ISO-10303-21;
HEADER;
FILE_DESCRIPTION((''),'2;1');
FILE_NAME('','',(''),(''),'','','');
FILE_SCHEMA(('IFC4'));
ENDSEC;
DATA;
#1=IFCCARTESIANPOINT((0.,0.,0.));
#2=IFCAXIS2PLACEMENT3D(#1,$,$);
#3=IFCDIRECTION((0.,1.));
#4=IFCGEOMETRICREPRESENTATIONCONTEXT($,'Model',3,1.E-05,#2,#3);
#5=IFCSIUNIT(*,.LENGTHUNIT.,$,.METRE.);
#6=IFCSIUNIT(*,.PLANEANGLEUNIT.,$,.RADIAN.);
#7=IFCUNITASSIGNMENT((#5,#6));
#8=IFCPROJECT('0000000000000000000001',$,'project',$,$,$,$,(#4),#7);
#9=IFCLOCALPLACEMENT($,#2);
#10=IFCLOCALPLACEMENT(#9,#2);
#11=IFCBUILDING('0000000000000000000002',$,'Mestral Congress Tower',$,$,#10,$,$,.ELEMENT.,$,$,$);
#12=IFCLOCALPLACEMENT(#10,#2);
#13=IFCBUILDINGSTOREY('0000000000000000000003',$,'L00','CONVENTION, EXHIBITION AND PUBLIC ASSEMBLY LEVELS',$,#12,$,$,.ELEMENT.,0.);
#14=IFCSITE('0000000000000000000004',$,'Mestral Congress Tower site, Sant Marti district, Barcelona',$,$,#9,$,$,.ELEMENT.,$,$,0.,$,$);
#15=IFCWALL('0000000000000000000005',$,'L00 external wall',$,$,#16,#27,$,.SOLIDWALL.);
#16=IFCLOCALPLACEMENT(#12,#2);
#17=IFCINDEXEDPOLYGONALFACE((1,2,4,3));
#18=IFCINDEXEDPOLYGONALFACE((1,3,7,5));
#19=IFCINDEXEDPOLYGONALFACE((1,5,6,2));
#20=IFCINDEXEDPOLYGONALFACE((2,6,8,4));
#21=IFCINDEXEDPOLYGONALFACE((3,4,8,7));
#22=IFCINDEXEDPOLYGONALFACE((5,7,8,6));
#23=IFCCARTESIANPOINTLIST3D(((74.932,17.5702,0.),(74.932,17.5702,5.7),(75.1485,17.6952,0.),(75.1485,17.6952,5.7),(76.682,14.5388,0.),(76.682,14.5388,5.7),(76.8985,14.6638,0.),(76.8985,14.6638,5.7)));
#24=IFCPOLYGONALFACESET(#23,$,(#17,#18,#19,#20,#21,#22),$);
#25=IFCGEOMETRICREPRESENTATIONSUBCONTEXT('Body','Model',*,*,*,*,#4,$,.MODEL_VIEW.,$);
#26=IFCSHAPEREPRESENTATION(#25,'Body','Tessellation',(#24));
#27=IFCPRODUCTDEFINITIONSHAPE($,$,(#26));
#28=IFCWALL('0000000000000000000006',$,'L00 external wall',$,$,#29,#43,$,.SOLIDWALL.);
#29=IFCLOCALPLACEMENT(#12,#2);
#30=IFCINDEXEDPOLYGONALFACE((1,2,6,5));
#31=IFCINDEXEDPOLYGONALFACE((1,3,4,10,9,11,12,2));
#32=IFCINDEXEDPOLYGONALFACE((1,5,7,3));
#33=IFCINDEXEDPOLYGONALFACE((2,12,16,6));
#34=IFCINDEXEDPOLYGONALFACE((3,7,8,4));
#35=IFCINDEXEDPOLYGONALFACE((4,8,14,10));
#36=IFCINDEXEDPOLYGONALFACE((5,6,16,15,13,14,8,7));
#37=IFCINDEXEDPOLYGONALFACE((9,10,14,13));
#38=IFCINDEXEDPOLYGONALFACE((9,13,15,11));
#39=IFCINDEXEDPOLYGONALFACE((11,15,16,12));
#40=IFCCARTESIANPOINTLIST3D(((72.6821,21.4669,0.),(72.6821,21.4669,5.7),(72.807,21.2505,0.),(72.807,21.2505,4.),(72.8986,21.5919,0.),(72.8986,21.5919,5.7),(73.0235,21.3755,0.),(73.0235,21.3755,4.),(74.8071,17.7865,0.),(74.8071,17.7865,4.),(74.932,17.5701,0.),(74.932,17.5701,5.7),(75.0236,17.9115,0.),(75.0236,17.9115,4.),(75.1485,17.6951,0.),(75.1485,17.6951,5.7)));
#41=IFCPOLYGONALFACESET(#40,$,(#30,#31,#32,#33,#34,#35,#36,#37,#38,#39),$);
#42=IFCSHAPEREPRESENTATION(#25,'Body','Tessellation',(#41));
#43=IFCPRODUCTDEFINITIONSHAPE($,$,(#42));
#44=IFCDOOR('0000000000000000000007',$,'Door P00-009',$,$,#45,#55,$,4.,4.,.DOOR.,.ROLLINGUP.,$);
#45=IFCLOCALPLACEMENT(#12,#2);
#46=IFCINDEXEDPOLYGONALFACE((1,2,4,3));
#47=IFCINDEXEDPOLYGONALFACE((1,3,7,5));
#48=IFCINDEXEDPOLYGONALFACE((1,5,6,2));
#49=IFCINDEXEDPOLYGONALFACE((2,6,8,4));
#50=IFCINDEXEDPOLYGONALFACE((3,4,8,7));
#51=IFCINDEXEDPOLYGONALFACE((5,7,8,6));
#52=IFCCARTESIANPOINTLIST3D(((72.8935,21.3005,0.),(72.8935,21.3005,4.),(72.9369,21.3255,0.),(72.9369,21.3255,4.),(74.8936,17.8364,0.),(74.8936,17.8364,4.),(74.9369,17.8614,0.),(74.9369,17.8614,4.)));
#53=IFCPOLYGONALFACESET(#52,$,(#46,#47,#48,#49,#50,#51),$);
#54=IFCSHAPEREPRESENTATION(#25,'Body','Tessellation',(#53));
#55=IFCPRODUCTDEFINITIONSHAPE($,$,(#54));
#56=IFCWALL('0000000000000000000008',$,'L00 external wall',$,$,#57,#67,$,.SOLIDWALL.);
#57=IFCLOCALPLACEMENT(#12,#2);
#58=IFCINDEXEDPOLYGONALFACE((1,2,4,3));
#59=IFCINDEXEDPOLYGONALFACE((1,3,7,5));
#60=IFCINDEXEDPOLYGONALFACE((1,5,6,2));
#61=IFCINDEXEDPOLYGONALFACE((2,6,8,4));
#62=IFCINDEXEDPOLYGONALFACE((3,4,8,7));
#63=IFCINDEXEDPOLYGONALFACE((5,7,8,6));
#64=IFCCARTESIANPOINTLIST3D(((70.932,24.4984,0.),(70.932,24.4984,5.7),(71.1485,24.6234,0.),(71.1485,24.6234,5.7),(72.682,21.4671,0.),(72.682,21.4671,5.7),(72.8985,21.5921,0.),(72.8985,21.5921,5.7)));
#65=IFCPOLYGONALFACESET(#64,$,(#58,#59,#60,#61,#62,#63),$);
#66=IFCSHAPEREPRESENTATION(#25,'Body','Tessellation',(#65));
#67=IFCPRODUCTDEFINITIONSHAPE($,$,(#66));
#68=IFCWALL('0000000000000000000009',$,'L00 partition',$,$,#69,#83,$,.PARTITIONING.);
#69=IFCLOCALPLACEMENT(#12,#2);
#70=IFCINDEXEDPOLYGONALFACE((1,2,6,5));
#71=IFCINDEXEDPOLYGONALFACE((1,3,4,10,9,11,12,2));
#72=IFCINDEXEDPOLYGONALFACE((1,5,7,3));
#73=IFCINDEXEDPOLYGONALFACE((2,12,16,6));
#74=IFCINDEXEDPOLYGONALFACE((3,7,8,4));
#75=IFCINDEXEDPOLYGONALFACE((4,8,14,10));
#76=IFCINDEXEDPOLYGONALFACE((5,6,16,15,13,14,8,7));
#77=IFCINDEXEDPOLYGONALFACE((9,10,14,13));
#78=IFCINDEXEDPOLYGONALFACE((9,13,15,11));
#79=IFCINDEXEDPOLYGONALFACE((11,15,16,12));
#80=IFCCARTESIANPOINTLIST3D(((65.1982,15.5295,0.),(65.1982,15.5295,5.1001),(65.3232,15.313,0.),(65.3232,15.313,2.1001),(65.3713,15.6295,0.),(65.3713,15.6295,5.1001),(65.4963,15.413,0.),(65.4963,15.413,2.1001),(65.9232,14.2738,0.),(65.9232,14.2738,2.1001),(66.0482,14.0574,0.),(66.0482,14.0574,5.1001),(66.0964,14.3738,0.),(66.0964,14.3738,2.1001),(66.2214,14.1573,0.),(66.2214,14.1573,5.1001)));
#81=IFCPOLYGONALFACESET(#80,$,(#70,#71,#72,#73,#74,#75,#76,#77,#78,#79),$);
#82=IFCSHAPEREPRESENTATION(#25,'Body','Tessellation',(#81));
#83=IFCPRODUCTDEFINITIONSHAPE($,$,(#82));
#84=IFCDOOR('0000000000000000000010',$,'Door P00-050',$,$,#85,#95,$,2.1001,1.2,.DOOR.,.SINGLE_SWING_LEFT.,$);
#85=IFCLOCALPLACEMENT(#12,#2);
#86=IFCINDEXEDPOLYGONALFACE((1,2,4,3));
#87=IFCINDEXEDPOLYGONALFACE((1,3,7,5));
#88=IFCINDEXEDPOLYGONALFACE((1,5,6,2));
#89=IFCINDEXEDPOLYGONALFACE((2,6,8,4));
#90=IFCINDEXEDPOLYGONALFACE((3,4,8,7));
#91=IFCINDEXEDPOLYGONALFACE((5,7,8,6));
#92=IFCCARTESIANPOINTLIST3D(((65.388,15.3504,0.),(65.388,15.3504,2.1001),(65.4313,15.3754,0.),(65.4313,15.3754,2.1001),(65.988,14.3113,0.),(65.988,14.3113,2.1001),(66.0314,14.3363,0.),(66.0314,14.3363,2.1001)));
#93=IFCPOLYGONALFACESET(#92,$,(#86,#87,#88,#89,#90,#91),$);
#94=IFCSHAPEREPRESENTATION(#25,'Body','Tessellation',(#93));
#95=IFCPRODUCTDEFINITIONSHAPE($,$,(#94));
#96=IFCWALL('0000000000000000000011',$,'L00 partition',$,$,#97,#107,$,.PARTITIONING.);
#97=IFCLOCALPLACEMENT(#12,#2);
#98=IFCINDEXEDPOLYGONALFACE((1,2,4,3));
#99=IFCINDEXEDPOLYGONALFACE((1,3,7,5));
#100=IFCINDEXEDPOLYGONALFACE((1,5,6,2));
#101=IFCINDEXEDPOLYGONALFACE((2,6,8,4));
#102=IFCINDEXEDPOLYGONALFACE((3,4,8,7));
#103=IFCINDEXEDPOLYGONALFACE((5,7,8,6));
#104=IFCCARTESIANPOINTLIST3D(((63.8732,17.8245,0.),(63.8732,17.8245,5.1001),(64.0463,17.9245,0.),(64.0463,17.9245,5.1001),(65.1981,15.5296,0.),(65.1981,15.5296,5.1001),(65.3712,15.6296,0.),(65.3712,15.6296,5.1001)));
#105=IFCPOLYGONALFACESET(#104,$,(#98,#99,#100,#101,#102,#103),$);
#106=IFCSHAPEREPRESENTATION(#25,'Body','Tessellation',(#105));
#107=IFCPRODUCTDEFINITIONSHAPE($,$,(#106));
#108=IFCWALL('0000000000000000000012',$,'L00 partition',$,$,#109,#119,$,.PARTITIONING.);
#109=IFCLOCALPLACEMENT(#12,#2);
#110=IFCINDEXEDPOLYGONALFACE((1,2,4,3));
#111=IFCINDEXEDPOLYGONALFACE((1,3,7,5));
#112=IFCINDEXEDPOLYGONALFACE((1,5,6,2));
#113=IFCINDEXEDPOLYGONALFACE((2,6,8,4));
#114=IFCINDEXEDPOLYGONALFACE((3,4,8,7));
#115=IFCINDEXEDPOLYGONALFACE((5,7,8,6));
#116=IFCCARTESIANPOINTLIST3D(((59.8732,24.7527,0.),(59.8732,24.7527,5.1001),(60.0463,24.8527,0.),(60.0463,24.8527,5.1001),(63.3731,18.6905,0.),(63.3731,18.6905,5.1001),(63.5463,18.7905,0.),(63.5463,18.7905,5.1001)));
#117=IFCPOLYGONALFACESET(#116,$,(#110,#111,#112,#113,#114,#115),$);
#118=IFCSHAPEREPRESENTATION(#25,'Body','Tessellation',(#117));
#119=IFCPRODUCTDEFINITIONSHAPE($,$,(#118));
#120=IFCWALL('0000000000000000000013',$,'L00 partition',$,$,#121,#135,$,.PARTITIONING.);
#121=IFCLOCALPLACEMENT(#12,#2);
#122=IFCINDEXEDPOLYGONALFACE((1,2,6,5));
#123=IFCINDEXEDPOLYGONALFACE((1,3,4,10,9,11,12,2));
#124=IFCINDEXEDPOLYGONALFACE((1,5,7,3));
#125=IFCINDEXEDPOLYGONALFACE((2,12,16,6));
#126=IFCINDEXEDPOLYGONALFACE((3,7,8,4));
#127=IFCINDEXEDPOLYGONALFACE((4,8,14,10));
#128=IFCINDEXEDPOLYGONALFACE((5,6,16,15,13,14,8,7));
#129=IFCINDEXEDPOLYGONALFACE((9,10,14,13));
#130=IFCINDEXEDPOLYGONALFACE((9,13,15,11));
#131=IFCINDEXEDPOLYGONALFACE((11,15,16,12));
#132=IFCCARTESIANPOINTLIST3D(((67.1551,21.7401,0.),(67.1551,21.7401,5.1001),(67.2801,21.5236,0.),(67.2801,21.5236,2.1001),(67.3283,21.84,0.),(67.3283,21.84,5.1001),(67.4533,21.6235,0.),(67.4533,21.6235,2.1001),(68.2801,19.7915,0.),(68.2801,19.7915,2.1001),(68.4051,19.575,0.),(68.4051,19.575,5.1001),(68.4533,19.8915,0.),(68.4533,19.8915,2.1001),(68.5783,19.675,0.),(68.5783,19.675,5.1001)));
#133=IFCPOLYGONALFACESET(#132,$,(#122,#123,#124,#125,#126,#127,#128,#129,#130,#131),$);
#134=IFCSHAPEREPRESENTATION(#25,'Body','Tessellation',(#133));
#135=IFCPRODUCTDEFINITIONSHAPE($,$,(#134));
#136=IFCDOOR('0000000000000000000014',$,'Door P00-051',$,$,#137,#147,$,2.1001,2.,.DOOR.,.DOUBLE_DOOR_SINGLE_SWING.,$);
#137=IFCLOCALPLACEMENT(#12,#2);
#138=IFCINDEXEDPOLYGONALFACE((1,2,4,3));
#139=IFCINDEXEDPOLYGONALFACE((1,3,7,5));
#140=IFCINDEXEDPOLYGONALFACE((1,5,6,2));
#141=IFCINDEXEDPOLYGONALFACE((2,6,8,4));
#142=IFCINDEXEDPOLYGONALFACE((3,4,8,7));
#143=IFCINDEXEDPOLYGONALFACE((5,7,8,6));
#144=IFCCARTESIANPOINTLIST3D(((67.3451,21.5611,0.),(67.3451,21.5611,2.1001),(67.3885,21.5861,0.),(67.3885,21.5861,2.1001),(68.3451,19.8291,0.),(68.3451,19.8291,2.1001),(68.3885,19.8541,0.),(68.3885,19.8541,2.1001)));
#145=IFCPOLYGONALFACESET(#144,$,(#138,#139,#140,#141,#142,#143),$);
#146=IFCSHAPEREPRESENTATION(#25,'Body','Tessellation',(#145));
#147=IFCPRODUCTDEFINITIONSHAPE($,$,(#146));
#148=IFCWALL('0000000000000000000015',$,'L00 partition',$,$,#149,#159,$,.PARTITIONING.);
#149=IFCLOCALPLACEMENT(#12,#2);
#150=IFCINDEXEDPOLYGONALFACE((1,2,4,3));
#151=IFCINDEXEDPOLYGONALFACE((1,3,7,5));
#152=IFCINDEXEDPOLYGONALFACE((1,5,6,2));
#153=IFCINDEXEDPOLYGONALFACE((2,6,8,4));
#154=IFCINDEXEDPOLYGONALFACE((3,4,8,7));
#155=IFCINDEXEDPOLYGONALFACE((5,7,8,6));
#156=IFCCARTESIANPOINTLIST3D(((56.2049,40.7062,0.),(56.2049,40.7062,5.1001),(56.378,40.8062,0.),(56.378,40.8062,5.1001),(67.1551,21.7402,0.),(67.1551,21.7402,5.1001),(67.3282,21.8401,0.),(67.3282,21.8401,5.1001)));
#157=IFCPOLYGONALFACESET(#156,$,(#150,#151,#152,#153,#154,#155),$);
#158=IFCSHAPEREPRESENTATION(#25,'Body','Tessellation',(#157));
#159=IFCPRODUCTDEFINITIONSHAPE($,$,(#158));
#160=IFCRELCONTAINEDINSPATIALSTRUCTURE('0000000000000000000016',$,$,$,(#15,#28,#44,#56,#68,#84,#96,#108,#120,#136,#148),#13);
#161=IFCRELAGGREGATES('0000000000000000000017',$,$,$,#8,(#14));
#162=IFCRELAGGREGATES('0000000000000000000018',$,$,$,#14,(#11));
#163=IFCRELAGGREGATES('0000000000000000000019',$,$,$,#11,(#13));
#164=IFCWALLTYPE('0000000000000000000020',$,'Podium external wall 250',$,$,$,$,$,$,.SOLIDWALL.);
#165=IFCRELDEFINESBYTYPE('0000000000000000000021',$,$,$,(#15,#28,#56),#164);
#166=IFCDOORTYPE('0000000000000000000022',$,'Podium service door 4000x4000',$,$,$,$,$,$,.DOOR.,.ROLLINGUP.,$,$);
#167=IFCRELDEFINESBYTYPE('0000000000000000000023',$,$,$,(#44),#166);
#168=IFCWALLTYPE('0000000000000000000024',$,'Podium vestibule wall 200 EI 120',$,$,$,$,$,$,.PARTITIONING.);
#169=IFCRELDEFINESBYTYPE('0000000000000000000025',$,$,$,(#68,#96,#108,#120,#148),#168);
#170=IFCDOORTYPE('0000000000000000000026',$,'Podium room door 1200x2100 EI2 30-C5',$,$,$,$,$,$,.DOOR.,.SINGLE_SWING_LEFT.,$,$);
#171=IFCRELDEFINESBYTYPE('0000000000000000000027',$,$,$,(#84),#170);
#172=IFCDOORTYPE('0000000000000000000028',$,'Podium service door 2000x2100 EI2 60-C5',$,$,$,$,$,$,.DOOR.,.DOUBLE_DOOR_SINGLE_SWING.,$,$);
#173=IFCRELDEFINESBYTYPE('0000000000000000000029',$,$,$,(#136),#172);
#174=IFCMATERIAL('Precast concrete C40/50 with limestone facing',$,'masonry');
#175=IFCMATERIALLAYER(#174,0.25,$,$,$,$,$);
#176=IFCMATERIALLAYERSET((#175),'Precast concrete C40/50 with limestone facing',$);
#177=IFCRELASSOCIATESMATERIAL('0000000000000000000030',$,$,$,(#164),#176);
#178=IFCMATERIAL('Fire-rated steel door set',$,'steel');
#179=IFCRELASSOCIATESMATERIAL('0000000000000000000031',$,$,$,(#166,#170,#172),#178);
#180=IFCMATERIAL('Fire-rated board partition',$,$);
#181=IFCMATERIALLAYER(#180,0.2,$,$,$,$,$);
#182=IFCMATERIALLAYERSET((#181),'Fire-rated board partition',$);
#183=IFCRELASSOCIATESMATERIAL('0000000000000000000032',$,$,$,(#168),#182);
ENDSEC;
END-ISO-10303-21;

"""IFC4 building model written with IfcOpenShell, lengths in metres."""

from ifc_helpers import new_model, si_unit, direction, frame, frame_2d, origin, place, context, subcontext, project, spatial, rectangle, extrude, material, layer, layer_set, type_object, element, fill, save


model = new_model("IFC4")

# Units and contexts
model_context = context("Model", 3, precision=1e-05, world=origin(), true_north=direction((0.0, 1.0)))
body_context = subcontext(model_context, "Body", "Model", "MODEL_VIEW")
ifc_project = project(units=[si_unit("LENGTHUNIT", "METRE"), si_unit("PLANEANGLEUNIT", "RADIAN")], contexts=[model_context])

# Site, building, storey
site_placement = place(None, origin())
site = spatial("IfcSite", under=ifc_project, at=site_placement, Name="Mestral Congress Tower site, Sant Marti district, Barcelona", CompositionType="ELEMENT", RefElevation=0.0)
building_placement = place(site_placement, origin())
building = spatial("IfcBuilding", under=site, at=building_placement, Name="Mestral Congress Tower", CompositionType="ELEMENT")
storey_placement = place(building_placement, origin())
storey = spatial("IfcBuildingStorey", under=building, at=storey_placement, Name="L00", Description="CONVENTION, EXHIBITION AND PUBLIC ASSEMBLY LEVELS", CompositionType="ELEMENT", Elevation=0.0)

# Wall
ifc_material_1 = material(Name="Precast concrete C40/50 with limestone facing", Category="masonry")
ifc_layer_1 = layer(ifc_material_1, 0.25)
ifc_layer_set_1 = layer_set([ifc_layer_1], Name="Precast concrete C40/50 with limestone facing")
wall_type_1 = type_object("IfcWallType", Name="Podium external wall 250", PredefinedType="SOLIDWALL", material=ifc_layer_set_1)
wall_1_placement = place(storey_placement, frame((75.0403, 17.6326, 0.0), z_axis=(0.0, 0.0, 1.0), x_axis=(0.49998, -0.866037, 0.0)))
element("IfcWall", 1, at=wall_1_placement, inside=storey, type_object=wall_type_1, Name="L00 external wall", PredefinedType="SOLIDWALL", context=body_context, shape_type="SweptSolid", body=[
    extrude(rectangle(XDim=3.5002, YDim=0.25, at=frame_2d((1.75, 0.0))), origin(), (0.0, 0.0, 1.0), 5.7),
])

# Wall, opening, door
wall_2_placement = place(storey_placement, frame((72.7903, 21.5295, 0.0), z_axis=(0.0, 0.0, 1.0), x_axis=(0.500014, -0.866018, 0.0)))
wall_2 = element("IfcWall", 2, at=wall_2_placement, inside=storey, type_object=wall_type_1, Name="L00 external wall", PredefinedType="SOLIDWALL", context=body_context, shape_type="SweptSolid", body=[
    extrude(rectangle(XDim=4.4998, YDim=0.25, at=frame_2d((2.25, 0.0))), origin(), (0.0, 0.0, 1.0), 5.7),
])
opening_1_placement = place(wall_2_placement, frame((0.25, 0.0, 0.0)))
opening_1 = element("IfcOpeningElement", 3, at=opening_1_placement, cuts=wall_2, PredefinedType="OPENING", context=body_context, shape_type="SweptSolid", body=[
    extrude(rectangle(XDim=4.0, YDim=4.0, at=frame_2d((2.0, 2.0))), frame((0.0, 0.135, 0.0), z_axis=(0.0, -1.0, 0.0), x_axis=(1.0, 0.0, 0.0)), (0.0, 0.0, 1.0), 0.27),
])
ifc_material_2 = material(Name="Fire-rated steel door set", Category="steel")
door_type_1 = type_object("IfcDoorType", Name="Podium service door 4000x4000", OperationType="ROLLINGUP", PredefinedType="DOOR", material=ifc_material_2)
door_1_placement = place(opening_1_placement, origin())
door_1 = element("IfcDoor", 4, at=door_1_placement, inside=storey, type_object=door_type_1, Name="Door P00-009", OperationType="ROLLINGUP", OverallHeight=4.0, OverallWidth=4.0, PredefinedType="DOOR", context=body_context, shape_type="SweptSolid", body=[
    extrude(rectangle(XDim=4.0, YDim=4.0, at=frame_2d((2.0, 2.0))), frame((0.0, 0.0249, 0.0), z_axis=(0.0, -1.0, 0.0), x_axis=(1.0, 0.0, 0.0)), (0.0, 0.0, 1.0), 0.05),
])
fill(opening_1, door_1)

# Wall
wall_3_placement = place(storey_placement, frame((71.0403, 24.5608, 0.0), z_axis=(0.0, 0.0, 1.0), x_axis=(0.49998, -0.866037, 0.0)))
element("IfcWall", 5, at=wall_3_placement, inside=storey, type_object=wall_type_1, Name="L00 external wall", PredefinedType="SOLIDWALL", context=body_context, shape_type="SweptSolid", body=[
    extrude(rectangle(XDim=3.5002, YDim=0.25, at=frame_2d((1.75, 0.0))), origin(), (0.0, 0.0, 1.0), 5.7),
])

# Wall, opening, door
ifc_material_3 = material(Name="Fire-rated board partition")
ifc_layer_2 = layer(ifc_material_3, 0.2)
ifc_layer_set_2 = layer_set([ifc_layer_2], Name="Fire-rated board partition")
wall_type_2 = type_object("IfcWallType", Name="Podium vestibule wall 200 EI 120", PredefinedType="PARTITIONING", material=ifc_layer_set_2)
wall_4_placement = place(storey_placement, frame((65.2847, 15.5796, 0.0), z_axis=(0.0, 0.0, 1.0), x_axis=(0.500062, -0.865989, 0.0)))
wall_4 = element("IfcWall", 6, at=wall_4_placement, inside=storey, type_object=wall_type_2, Name="L00 partition", PredefinedType="PARTITIONING", context=body_context, shape_type="SweptSolid", body=[
    extrude(rectangle(XDim=1.7, YDim=0.2, at=frame_2d((0.8501, 0.0))), origin(), (0.0, 0.0, 1.0), 5.1001),
])
opening_2_placement = place(wall_4_placement, frame((0.25, 0.0, 0.0)))
opening_2 = element("IfcOpeningElement", 7, at=opening_2_placement, cuts=wall_4, PredefinedType="OPENING", context=body_context, shape_type="SweptSolid", body=[
    extrude(rectangle(XDim=1.2, YDim=2.1001, at=frame_2d((0.6001, 1.05))), frame((0.0, 0.1099, 0.0), z_axis=(0.0, -1.0, 0.0), x_axis=(1.0, 0.0, 0.0)), (0.0, 0.0, 1.0), 0.22),
])
door_type_2 = type_object("IfcDoorType", Name="Podium room door 1200x2100 EI2 30-C5", OperationType="SINGLE_SWING_LEFT", PredefinedType="DOOR", material=ifc_material_2)
door_2_placement = place(opening_2_placement, origin())
door_2 = element("IfcDoor", 8, at=door_2_placement, inside=storey, type_object=door_type_2, Name="Door P00-050", OperationType="SINGLE_SWING_LEFT", OverallHeight=2.1001, OverallWidth=1.2, PredefinedType="DOOR", context=body_context, shape_type="SweptSolid", body=[
    extrude(rectangle(XDim=1.2, YDim=2.1001, at=frame_2d((0.6001, 1.05))), frame((0.0, 0.0249, 0.0), z_axis=(0.0, -1.0, 0.0), x_axis=(1.0, 0.0, 0.0)), (0.0, 0.0, 1.0), 0.05),
])
fill(opening_2, door_2)

# Walls
wall_5_placement = place(storey_placement, frame((65.2847, 15.5796, 0.0), z_axis=(0.0, 0.0, 1.0), x_axis=(-0.499994, 0.866029, 0.0)))
element("IfcWall", 9, at=wall_5_placement, inside=storey, type_object=wall_type_2, Name="L00 partition", PredefinedType="PARTITIONING", context=body_context, shape_type="SweptSolid", body=[
    extrude(rectangle(XDim=2.6499, YDim=0.2, at=frame_2d((1.325, 0.0))), origin(), (0.0, 0.0, 1.0), 5.1001),
])
wall_6_placement = place(storey_placement, frame((63.4597, 18.7405, 0.0), z_axis=(0.0, 0.0, 1.0), x_axis=(-0.499995, 0.866028, 0.0)))
element("IfcWall", 10, at=wall_6_placement, inside=storey, type_object=wall_type_2, Name="L00 partition", PredefinedType="PARTITIONING", context=body_context, shape_type="SweptSolid", body=[
    extrude(rectangle(XDim=7.0, YDim=0.2, at=frame_2d((3.5, 0.0))), origin(), (0.0, 0.0, 1.0), 5.1001),
])

# Wall, opening, door
wall_7_placement = place(storey_placement, frame((68.4917, 19.625, 0.0), z_axis=(0.0, 0.0, 1.0), x_axis=(-0.500004, 0.866023, 0.0)))
wall_7 = element("IfcWall", 11, at=wall_7_placement, inside=storey, type_object=wall_type_2, Name="L00 partition", PredefinedType="PARTITIONING", context=body_context, shape_type="SweptSolid", body=[
    extrude(rectangle(XDim=2.5, YDim=0.2, at=frame_2d((1.25, 0.0))), origin(), (0.0, 0.0, 1.0), 5.1001),
])
opening_3_placement = place(wall_7_placement, frame((0.25, 0.0, 0.0)))
opening_3 = element("IfcOpeningElement", 12, at=opening_3_placement, cuts=wall_7, PredefinedType="OPENING", context=body_context, shape_type="SweptSolid", body=[
    extrude(rectangle(XDim=2.0, YDim=2.1001, at=frame_2d((1.0, 1.05))), frame((0.0, 0.1099, 0.0), z_axis=(0.0, -1.0, 0.0), x_axis=(1.0, 0.0, 0.0)), (0.0, 0.0, 1.0), 0.22),
])
door_type_3 = type_object("IfcDoorType", Name="Podium service door 2000x2100 EI2 60-C5", OperationType="DOUBLE_DOOR_SINGLE_SWING", PredefinedType="DOOR", material=ifc_material_2)
door_3_placement = place(opening_3_placement, origin())
door_3 = element("IfcDoor", 13, at=door_3_placement, inside=storey, type_object=door_type_3, Name="Door P00-051", OperationType="DOUBLE_DOOR_SINGLE_SWING", OverallHeight=2.1001, OverallWidth=2.0, PredefinedType="DOOR", context=body_context, shape_type="SweptSolid", body=[
    extrude(rectangle(XDim=2.0, YDim=2.1001, at=frame_2d((1.0, 1.05))), frame((0.0, 0.0249, 0.0), z_axis=(0.0, -1.0, 0.0), x_axis=(1.0, 0.0, 0.0)), (0.0, 0.0, 1.0), 0.05),
])
fill(opening_3, door_3)

# Wall
wall_8_placement = place(storey_placement, frame((67.2417, 21.79, 0.0), z_axis=(0.0, 0.0, 1.0), x_axis=(-0.500005, 0.866023, 0.0)))
element("IfcWall", 14, at=wall_8_placement, inside=storey, type_object=wall_type_2, Name="L00 partition", PredefinedType="PARTITIONING", context=body_context, shape_type="SweptSolid", body=[
    extrude(rectangle(XDim=21.9001, YDim=0.2, at=frame_2d((10.9502, 0.0))), origin(), (0.0, 0.0, 1.0), 5.1001),
])

save(model, "model.ifc")
